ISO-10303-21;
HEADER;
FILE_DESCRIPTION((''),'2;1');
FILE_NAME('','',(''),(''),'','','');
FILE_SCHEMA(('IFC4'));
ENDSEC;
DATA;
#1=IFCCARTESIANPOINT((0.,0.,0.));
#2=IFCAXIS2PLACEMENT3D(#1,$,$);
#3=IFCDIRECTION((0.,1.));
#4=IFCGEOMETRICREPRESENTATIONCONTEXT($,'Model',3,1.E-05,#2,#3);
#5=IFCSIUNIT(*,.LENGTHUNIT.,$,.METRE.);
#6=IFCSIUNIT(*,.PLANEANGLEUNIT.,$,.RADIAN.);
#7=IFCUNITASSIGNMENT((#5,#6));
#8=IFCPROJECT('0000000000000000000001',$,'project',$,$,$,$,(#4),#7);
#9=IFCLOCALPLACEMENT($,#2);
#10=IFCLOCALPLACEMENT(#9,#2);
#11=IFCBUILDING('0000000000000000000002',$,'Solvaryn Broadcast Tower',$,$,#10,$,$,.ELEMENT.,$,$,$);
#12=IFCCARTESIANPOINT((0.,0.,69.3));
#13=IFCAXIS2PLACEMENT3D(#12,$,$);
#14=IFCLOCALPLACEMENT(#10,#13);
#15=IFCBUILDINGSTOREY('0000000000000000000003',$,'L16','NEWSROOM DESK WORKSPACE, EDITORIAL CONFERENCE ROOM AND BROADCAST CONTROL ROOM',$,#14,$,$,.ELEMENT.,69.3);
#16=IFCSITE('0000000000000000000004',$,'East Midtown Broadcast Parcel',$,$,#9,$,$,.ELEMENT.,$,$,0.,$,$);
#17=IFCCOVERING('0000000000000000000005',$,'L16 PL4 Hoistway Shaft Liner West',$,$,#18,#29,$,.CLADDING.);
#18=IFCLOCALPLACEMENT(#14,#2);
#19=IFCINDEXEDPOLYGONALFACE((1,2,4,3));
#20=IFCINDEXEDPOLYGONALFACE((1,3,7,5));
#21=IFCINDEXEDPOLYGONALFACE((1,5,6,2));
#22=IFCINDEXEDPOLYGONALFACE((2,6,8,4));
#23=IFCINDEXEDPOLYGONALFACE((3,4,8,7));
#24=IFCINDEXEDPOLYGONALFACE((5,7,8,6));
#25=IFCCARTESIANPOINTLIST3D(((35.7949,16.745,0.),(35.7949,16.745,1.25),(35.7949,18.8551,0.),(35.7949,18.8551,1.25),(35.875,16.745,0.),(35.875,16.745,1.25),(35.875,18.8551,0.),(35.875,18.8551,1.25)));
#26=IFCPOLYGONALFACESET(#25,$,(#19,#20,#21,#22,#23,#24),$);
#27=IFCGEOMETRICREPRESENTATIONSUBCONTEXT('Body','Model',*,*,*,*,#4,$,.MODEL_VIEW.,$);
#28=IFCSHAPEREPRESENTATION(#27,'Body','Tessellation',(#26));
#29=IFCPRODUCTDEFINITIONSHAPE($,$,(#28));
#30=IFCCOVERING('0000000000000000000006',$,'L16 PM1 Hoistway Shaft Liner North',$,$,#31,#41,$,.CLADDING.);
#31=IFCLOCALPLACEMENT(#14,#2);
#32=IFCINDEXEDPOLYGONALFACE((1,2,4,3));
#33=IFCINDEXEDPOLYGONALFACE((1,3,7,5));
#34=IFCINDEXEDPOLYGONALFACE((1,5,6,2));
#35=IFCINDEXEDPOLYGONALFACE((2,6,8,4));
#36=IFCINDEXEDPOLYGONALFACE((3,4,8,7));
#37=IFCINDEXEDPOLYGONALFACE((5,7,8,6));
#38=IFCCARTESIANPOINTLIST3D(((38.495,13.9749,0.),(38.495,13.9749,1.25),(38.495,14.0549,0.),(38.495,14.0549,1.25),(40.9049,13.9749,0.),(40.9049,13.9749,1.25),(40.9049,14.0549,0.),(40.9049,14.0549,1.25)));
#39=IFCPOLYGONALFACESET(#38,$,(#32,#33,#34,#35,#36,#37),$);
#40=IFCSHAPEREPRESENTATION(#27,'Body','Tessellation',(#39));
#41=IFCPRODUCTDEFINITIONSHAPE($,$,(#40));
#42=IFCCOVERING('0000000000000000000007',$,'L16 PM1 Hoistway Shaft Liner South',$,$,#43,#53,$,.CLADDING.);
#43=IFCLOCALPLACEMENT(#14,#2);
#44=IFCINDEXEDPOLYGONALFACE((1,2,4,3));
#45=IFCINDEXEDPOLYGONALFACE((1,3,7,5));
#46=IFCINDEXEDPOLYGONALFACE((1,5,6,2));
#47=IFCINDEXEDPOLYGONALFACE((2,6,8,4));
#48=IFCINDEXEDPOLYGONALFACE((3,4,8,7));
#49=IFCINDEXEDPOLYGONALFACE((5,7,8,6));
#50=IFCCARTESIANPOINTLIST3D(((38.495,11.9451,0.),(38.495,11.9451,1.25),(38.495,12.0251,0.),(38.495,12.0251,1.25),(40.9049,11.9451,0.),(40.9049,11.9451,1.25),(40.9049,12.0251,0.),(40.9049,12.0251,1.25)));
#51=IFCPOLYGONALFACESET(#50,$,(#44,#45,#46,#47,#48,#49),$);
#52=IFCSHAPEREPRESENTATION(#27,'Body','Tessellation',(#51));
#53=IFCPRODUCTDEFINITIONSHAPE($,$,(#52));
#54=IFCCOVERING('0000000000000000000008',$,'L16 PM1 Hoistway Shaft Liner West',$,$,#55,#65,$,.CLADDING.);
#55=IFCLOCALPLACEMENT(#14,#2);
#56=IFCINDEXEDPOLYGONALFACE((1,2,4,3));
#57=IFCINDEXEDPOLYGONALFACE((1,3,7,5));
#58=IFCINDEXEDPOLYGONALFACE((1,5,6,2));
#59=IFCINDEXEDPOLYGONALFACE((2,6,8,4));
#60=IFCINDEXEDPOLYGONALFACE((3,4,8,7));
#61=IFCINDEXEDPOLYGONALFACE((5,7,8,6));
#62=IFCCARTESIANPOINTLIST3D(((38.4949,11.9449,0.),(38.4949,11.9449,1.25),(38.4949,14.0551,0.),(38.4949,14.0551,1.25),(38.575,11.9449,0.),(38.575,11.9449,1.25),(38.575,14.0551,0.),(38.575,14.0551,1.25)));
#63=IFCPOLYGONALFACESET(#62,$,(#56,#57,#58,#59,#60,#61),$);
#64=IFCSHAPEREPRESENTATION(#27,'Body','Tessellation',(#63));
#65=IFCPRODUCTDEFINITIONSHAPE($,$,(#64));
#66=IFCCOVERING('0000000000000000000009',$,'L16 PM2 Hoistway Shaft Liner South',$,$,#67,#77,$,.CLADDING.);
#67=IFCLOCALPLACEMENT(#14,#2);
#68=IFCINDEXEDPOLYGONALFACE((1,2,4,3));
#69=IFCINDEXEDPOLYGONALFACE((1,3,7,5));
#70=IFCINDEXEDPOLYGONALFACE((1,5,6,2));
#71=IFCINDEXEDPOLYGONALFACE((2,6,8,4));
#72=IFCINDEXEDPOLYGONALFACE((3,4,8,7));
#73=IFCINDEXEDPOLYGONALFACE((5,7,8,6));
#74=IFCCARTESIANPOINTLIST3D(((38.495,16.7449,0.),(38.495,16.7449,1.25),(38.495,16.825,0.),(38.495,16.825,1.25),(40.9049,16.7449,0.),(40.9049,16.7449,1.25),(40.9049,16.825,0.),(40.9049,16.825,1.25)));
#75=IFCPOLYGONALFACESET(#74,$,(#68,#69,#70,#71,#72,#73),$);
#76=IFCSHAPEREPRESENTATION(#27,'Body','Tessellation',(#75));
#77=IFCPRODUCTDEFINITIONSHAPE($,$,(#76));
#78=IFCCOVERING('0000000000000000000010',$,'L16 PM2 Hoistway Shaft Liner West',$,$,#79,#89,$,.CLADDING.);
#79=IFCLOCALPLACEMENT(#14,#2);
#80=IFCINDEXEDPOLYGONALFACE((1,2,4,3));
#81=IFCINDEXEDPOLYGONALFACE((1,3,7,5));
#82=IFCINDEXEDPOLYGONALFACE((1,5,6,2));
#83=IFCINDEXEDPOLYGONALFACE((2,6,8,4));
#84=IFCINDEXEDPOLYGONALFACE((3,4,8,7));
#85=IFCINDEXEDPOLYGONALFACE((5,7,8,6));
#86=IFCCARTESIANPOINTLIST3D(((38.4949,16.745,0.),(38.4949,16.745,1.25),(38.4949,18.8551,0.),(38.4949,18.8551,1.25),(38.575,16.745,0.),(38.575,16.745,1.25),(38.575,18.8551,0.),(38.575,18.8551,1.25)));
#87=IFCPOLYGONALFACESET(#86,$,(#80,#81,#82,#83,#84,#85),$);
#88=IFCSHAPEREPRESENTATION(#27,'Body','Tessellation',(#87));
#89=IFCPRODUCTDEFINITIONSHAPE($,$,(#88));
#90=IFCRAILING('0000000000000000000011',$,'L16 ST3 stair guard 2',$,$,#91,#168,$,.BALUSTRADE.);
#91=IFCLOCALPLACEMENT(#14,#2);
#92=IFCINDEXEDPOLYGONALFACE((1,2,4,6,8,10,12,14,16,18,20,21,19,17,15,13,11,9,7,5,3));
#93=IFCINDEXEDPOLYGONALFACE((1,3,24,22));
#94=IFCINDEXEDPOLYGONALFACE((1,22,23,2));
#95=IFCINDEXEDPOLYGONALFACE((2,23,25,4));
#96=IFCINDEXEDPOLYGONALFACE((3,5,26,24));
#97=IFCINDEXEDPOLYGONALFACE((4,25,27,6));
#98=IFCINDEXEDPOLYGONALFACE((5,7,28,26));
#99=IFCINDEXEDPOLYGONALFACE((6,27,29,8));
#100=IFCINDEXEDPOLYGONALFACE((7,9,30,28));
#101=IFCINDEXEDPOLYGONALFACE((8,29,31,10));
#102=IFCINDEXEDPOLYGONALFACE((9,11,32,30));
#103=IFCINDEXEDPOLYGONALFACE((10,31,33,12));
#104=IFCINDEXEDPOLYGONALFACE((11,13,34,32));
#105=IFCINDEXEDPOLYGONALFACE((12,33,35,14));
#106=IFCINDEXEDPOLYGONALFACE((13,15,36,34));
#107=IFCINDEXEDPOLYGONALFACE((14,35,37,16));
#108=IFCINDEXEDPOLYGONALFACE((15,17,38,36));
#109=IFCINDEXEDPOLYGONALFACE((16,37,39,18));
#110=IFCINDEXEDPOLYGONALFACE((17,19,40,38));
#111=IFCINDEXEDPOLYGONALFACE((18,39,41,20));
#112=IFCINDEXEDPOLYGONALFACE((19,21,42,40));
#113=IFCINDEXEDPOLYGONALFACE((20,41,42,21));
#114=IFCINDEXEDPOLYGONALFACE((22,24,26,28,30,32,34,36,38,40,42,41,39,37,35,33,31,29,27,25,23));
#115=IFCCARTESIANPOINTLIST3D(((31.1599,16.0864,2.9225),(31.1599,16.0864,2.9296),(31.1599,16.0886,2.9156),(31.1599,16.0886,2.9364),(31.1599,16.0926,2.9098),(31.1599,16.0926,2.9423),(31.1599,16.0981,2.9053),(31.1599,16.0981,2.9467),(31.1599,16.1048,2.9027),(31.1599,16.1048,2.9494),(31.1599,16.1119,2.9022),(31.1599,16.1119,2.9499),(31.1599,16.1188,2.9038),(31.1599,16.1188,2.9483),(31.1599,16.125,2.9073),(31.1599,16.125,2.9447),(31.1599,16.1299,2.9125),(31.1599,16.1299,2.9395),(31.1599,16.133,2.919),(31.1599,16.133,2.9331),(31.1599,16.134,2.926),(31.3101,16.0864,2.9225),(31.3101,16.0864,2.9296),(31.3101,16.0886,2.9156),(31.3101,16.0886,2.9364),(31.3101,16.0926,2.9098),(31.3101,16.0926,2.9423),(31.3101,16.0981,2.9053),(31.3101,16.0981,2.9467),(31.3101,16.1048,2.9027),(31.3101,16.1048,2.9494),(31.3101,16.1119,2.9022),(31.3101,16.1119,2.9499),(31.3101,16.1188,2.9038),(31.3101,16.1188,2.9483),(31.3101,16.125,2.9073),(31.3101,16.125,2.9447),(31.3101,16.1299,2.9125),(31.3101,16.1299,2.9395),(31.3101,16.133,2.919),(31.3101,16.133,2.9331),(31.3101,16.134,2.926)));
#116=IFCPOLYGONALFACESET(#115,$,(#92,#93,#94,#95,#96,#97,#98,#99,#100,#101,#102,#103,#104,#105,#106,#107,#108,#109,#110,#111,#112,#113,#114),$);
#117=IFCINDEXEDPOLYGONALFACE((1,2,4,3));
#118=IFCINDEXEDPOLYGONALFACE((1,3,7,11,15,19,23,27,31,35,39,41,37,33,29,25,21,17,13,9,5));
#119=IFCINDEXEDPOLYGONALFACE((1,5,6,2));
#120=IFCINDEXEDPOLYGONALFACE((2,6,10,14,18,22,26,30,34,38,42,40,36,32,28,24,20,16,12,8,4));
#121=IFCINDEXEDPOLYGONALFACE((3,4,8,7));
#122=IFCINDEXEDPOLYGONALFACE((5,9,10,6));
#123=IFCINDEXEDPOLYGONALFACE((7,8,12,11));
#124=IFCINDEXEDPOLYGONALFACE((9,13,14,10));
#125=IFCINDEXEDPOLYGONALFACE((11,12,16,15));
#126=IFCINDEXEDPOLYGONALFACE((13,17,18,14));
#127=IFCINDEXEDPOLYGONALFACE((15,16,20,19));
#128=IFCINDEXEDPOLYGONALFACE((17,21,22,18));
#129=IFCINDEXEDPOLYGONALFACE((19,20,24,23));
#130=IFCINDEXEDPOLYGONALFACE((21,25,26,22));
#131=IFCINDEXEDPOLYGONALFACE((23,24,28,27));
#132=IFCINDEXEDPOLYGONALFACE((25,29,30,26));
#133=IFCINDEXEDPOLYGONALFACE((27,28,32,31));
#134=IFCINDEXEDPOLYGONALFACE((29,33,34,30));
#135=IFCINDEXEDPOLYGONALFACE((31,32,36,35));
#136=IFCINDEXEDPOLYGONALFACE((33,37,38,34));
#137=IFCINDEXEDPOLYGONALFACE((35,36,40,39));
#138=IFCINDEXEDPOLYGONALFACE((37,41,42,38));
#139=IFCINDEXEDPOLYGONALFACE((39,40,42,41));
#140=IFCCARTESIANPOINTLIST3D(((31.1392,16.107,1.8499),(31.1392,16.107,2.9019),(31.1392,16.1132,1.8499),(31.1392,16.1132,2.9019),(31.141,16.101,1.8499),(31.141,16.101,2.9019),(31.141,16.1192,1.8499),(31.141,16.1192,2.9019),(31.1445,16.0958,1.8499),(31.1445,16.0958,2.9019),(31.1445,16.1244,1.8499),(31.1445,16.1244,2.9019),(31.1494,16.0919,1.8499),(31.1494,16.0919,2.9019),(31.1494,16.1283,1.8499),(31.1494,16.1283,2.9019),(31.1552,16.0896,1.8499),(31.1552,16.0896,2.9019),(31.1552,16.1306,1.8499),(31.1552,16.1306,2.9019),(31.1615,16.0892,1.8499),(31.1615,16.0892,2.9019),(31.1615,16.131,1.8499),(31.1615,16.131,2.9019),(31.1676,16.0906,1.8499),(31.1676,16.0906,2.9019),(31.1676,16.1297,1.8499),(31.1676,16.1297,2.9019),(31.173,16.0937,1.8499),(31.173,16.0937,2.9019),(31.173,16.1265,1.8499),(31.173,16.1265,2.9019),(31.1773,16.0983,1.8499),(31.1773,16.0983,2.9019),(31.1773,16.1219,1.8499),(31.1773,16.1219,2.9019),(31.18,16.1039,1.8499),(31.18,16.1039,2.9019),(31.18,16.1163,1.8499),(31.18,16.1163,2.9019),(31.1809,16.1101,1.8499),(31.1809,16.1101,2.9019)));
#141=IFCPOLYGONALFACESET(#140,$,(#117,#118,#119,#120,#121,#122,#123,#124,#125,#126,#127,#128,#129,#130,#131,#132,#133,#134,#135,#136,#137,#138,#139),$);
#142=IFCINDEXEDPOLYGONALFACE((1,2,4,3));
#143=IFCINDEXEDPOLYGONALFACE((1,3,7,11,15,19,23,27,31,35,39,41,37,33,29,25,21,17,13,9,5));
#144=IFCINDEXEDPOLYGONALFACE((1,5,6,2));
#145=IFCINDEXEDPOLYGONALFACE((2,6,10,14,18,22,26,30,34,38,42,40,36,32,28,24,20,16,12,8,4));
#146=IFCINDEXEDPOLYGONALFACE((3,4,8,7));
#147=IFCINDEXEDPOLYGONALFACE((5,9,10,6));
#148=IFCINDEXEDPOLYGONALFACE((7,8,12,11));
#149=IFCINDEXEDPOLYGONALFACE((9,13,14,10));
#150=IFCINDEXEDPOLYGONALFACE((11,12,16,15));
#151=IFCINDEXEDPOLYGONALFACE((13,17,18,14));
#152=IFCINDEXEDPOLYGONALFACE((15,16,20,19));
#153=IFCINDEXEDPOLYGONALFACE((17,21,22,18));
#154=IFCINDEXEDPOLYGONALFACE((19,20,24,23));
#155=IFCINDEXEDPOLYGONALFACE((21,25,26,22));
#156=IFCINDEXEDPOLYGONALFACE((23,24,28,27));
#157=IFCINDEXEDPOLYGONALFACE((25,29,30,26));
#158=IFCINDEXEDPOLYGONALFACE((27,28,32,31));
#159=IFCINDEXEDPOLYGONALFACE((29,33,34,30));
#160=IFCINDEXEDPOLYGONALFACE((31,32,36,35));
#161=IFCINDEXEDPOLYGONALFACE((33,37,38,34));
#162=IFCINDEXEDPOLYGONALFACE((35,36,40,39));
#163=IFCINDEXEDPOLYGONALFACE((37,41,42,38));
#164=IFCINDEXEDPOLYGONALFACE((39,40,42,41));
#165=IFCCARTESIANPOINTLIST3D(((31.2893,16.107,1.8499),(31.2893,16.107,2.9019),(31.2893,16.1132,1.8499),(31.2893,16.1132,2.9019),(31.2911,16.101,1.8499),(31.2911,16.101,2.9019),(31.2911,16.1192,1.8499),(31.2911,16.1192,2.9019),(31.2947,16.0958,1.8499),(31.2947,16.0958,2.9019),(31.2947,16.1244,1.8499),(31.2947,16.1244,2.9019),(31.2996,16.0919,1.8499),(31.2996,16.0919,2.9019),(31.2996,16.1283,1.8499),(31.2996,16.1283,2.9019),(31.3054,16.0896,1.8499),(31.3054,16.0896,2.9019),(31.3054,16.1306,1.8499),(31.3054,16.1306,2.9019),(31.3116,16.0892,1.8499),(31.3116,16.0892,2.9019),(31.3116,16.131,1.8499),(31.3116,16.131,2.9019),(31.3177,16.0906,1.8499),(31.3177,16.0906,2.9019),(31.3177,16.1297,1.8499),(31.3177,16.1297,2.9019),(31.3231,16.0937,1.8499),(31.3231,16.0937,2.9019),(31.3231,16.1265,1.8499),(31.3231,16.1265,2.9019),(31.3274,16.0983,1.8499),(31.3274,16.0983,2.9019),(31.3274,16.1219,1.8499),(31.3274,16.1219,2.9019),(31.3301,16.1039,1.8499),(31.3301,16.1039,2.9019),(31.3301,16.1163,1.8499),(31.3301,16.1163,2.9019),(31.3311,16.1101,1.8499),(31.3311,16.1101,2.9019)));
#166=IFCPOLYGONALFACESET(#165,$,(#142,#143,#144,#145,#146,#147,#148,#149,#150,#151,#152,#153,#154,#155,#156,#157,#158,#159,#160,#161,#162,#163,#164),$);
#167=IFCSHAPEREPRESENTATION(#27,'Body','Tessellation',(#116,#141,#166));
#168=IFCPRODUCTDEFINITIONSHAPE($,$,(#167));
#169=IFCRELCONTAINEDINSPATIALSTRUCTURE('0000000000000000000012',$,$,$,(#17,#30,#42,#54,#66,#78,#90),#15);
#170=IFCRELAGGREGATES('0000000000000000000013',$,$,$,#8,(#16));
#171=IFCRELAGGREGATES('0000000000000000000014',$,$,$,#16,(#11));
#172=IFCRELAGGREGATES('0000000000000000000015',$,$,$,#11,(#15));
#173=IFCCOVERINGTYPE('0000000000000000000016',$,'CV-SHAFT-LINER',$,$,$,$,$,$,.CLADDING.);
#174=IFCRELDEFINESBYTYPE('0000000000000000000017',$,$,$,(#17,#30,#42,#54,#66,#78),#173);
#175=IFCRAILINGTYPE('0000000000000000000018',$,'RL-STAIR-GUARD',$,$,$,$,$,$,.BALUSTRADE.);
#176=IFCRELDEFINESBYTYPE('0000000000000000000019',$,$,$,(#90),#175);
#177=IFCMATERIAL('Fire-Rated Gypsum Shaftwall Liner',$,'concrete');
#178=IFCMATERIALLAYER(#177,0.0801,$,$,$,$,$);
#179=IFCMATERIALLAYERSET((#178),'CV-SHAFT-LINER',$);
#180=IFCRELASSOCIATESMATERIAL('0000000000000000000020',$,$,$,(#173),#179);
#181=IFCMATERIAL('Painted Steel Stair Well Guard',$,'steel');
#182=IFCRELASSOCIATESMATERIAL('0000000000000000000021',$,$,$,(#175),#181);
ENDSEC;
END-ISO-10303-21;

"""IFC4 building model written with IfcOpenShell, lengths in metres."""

from ifc_helpers import new_model, si_unit, direction, frame, origin, origin_2d, place, context, subcontext, project, spatial, rectangle, circle, extrude, material, layer, layer_set, type_object, element, save


model = new_model("IFC4")

# Units and contexts
model_context = context("Model", 3, precision=1e-05, world=origin(), true_north=direction((0.0, 1.0)))
body_context = subcontext(model_context, "Body", "Model", "MODEL_VIEW")
ifc_project = project(units=[si_unit("LENGTHUNIT", "METRE"), si_unit("PLANEANGLEUNIT", "RADIAN")], contexts=[model_context])

# Site, building, storey
site_placement = place(None, origin())
site = spatial("IfcSite", under=ifc_project, at=site_placement, Name="East Midtown Broadcast Parcel", CompositionType="ELEMENT", RefElevation=0.0)
building_placement = place(site_placement, origin())
building = spatial("IfcBuilding", under=site, at=building_placement, Name="Solvaryn Broadcast Tower", CompositionType="ELEMENT")
storey_placement = place(building_placement, frame((0.0, 0.0, 69.3)))
storey = spatial("IfcBuildingStorey", under=building, at=storey_placement, Name="L16", Description="NEWSROOM DESK WORKSPACE, EDITORIAL CONFERENCE ROOM AND BROADCAST CONTROL ROOM", CompositionType="ELEMENT", Elevation=69.3)

# Coverings
ifc_material_1 = material(Name="Fire-Rated Gypsum Shaftwall Liner", Category="concrete")
ifc_layer_1 = layer(ifc_material_1, 0.0801)
ifc_layer_set_1 = layer_set([ifc_layer_1], Name="CV-SHAFT-LINER")
covering_type = type_object("IfcCoveringType", Name="CV-SHAFT-LINER", PredefinedType="CLADDING", material=ifc_layer_set_1)
for number, where, z_axis, x_axis, name in (
    (1, (35.835, 17.8, 0.0), (0.0, 0.0, 1.0), (1.0, 0.0, 0.0), "L16 PL4 Hoistway Shaft Liner West"),
):
    element("IfcCovering", number, at=place(storey_placement, frame(where, z_axis=z_axis, x_axis=x_axis)), inside=storey, type_object=covering_type, Name=name, PredefinedType="CLADDING", context=body_context, shape_type="SweptSolid", body=[
        extrude(rectangle(XDim=0.0801, YDim=2.1101, at=origin_2d()), origin(), (0.0, 0.0, 1.0), 1.25),
    ])
for number, where, z_axis, x_axis, name in (
    (2, (39.7, 14.0149, 0.0), (0.0, 0.0, 1.0), (1.0, 0.0, 0.0), "L16 PM1 Hoistway Shaft Liner North"),
    (3, (39.7, 11.9851, 0.0), (0.0, 0.0, 1.0), (1.0, 0.0, 0.0), "L16 PM1 Hoistway Shaft Liner South"),
):
    element("IfcCovering", number, at=place(storey_placement, frame(where, z_axis=z_axis, x_axis=x_axis)), inside=storey, type_object=covering_type, Name=name, PredefinedType="CLADDING", context=body_context, shape_type="SweptSolid", body=[
        extrude(rectangle(XDim=2.4099, YDim=0.0801, at=origin_2d()), origin(), (0.0, 0.0, 1.0), 1.25),
    ])
covering_1_placement = place(storey_placement, frame((38.5349, 13.0, 0.0), z_axis=(0.0, 0.0, 1.0), x_axis=(1.0, 0.0, 0.0)))
element("IfcCovering", 4, at=covering_1_placement, inside=storey, type_object=covering_type, Name="L16 PM1 Hoistway Shaft Liner West", PredefinedType="CLADDING", context=body_context, shape_type="SweptSolid", body=[
    extrude(rectangle(XDim=0.0801, YDim=2.1101, at=origin_2d()), origin(), (0.0, 0.0, 1.0), 1.25),
])
covering_2_placement = place(storey_placement, frame((39.7, 16.7849, 0.0), z_axis=(0.0, 0.0, 1.0), x_axis=(1.0, 0.0, 0.0)))
element("IfcCovering", 5, at=covering_2_placement, inside=storey, type_object=covering_type, Name="L16 PM2 Hoistway Shaft Liner South", PredefinedType="CLADDING", context=body_context, shape_type="SweptSolid", body=[
    extrude(rectangle(XDim=2.4099, YDim=0.0801, at=origin_2d()), origin(), (0.0, 0.0, 1.0), 1.25),
])
covering_3_placement = place(storey_placement, frame((38.5349, 17.8, 0.0), z_axis=(0.0, 0.0, 1.0), x_axis=(1.0, 0.0, 0.0)))
element("IfcCovering", 6, at=covering_3_placement, inside=storey, type_object=covering_type, Name="L16 PM2 Hoistway Shaft Liner West", PredefinedType="CLADDING", context=body_context, shape_type="SweptSolid", body=[
    extrude(rectangle(XDim=0.0801, YDim=2.1101, at=origin_2d()), origin(), (0.0, 0.0, 1.0), 1.25),
])

# Railing
ifc_material_2 = material(Name="Painted Steel Stair Well Guard", Category="steel")
railing_type_1 = type_object("IfcRailingType", Name="RL-STAIR-GUARD", PredefinedType="BALUSTRADE", material=ifc_material_2)
railing_1_placement = place(storey_placement, frame((31.1599, 16.1101, 1.8499)))
element("IfcRailing", 7, at=railing_1_placement, inside=storey, type_object=railing_type_1, Name="L16 ST3 stair guard 2", PredefinedType="BALUSTRADE", context=body_context, shape_type="SweptSolid", body=[
    extrude(circle(Radius=0.0239, at=origin_2d()), frame((0.0, 0.0, 1.0762), z_axis=(1.0, 0.0, 0.0), x_axis=(0.0, 1.0, 0.0)), (0.0, 0.0, 1.0), 0.1501),
    extrude(circle(Radius=0.021, at=origin_2d()), origin(), (0.0, 0.0, 1.0), 1.052),
    extrude(circle(Radius=0.021, at=origin_2d()), frame((0.1501, 0.0, 0.0)), (0.0, 0.0, 1.0), 1.052),
])

save(model, "model.ifc")
